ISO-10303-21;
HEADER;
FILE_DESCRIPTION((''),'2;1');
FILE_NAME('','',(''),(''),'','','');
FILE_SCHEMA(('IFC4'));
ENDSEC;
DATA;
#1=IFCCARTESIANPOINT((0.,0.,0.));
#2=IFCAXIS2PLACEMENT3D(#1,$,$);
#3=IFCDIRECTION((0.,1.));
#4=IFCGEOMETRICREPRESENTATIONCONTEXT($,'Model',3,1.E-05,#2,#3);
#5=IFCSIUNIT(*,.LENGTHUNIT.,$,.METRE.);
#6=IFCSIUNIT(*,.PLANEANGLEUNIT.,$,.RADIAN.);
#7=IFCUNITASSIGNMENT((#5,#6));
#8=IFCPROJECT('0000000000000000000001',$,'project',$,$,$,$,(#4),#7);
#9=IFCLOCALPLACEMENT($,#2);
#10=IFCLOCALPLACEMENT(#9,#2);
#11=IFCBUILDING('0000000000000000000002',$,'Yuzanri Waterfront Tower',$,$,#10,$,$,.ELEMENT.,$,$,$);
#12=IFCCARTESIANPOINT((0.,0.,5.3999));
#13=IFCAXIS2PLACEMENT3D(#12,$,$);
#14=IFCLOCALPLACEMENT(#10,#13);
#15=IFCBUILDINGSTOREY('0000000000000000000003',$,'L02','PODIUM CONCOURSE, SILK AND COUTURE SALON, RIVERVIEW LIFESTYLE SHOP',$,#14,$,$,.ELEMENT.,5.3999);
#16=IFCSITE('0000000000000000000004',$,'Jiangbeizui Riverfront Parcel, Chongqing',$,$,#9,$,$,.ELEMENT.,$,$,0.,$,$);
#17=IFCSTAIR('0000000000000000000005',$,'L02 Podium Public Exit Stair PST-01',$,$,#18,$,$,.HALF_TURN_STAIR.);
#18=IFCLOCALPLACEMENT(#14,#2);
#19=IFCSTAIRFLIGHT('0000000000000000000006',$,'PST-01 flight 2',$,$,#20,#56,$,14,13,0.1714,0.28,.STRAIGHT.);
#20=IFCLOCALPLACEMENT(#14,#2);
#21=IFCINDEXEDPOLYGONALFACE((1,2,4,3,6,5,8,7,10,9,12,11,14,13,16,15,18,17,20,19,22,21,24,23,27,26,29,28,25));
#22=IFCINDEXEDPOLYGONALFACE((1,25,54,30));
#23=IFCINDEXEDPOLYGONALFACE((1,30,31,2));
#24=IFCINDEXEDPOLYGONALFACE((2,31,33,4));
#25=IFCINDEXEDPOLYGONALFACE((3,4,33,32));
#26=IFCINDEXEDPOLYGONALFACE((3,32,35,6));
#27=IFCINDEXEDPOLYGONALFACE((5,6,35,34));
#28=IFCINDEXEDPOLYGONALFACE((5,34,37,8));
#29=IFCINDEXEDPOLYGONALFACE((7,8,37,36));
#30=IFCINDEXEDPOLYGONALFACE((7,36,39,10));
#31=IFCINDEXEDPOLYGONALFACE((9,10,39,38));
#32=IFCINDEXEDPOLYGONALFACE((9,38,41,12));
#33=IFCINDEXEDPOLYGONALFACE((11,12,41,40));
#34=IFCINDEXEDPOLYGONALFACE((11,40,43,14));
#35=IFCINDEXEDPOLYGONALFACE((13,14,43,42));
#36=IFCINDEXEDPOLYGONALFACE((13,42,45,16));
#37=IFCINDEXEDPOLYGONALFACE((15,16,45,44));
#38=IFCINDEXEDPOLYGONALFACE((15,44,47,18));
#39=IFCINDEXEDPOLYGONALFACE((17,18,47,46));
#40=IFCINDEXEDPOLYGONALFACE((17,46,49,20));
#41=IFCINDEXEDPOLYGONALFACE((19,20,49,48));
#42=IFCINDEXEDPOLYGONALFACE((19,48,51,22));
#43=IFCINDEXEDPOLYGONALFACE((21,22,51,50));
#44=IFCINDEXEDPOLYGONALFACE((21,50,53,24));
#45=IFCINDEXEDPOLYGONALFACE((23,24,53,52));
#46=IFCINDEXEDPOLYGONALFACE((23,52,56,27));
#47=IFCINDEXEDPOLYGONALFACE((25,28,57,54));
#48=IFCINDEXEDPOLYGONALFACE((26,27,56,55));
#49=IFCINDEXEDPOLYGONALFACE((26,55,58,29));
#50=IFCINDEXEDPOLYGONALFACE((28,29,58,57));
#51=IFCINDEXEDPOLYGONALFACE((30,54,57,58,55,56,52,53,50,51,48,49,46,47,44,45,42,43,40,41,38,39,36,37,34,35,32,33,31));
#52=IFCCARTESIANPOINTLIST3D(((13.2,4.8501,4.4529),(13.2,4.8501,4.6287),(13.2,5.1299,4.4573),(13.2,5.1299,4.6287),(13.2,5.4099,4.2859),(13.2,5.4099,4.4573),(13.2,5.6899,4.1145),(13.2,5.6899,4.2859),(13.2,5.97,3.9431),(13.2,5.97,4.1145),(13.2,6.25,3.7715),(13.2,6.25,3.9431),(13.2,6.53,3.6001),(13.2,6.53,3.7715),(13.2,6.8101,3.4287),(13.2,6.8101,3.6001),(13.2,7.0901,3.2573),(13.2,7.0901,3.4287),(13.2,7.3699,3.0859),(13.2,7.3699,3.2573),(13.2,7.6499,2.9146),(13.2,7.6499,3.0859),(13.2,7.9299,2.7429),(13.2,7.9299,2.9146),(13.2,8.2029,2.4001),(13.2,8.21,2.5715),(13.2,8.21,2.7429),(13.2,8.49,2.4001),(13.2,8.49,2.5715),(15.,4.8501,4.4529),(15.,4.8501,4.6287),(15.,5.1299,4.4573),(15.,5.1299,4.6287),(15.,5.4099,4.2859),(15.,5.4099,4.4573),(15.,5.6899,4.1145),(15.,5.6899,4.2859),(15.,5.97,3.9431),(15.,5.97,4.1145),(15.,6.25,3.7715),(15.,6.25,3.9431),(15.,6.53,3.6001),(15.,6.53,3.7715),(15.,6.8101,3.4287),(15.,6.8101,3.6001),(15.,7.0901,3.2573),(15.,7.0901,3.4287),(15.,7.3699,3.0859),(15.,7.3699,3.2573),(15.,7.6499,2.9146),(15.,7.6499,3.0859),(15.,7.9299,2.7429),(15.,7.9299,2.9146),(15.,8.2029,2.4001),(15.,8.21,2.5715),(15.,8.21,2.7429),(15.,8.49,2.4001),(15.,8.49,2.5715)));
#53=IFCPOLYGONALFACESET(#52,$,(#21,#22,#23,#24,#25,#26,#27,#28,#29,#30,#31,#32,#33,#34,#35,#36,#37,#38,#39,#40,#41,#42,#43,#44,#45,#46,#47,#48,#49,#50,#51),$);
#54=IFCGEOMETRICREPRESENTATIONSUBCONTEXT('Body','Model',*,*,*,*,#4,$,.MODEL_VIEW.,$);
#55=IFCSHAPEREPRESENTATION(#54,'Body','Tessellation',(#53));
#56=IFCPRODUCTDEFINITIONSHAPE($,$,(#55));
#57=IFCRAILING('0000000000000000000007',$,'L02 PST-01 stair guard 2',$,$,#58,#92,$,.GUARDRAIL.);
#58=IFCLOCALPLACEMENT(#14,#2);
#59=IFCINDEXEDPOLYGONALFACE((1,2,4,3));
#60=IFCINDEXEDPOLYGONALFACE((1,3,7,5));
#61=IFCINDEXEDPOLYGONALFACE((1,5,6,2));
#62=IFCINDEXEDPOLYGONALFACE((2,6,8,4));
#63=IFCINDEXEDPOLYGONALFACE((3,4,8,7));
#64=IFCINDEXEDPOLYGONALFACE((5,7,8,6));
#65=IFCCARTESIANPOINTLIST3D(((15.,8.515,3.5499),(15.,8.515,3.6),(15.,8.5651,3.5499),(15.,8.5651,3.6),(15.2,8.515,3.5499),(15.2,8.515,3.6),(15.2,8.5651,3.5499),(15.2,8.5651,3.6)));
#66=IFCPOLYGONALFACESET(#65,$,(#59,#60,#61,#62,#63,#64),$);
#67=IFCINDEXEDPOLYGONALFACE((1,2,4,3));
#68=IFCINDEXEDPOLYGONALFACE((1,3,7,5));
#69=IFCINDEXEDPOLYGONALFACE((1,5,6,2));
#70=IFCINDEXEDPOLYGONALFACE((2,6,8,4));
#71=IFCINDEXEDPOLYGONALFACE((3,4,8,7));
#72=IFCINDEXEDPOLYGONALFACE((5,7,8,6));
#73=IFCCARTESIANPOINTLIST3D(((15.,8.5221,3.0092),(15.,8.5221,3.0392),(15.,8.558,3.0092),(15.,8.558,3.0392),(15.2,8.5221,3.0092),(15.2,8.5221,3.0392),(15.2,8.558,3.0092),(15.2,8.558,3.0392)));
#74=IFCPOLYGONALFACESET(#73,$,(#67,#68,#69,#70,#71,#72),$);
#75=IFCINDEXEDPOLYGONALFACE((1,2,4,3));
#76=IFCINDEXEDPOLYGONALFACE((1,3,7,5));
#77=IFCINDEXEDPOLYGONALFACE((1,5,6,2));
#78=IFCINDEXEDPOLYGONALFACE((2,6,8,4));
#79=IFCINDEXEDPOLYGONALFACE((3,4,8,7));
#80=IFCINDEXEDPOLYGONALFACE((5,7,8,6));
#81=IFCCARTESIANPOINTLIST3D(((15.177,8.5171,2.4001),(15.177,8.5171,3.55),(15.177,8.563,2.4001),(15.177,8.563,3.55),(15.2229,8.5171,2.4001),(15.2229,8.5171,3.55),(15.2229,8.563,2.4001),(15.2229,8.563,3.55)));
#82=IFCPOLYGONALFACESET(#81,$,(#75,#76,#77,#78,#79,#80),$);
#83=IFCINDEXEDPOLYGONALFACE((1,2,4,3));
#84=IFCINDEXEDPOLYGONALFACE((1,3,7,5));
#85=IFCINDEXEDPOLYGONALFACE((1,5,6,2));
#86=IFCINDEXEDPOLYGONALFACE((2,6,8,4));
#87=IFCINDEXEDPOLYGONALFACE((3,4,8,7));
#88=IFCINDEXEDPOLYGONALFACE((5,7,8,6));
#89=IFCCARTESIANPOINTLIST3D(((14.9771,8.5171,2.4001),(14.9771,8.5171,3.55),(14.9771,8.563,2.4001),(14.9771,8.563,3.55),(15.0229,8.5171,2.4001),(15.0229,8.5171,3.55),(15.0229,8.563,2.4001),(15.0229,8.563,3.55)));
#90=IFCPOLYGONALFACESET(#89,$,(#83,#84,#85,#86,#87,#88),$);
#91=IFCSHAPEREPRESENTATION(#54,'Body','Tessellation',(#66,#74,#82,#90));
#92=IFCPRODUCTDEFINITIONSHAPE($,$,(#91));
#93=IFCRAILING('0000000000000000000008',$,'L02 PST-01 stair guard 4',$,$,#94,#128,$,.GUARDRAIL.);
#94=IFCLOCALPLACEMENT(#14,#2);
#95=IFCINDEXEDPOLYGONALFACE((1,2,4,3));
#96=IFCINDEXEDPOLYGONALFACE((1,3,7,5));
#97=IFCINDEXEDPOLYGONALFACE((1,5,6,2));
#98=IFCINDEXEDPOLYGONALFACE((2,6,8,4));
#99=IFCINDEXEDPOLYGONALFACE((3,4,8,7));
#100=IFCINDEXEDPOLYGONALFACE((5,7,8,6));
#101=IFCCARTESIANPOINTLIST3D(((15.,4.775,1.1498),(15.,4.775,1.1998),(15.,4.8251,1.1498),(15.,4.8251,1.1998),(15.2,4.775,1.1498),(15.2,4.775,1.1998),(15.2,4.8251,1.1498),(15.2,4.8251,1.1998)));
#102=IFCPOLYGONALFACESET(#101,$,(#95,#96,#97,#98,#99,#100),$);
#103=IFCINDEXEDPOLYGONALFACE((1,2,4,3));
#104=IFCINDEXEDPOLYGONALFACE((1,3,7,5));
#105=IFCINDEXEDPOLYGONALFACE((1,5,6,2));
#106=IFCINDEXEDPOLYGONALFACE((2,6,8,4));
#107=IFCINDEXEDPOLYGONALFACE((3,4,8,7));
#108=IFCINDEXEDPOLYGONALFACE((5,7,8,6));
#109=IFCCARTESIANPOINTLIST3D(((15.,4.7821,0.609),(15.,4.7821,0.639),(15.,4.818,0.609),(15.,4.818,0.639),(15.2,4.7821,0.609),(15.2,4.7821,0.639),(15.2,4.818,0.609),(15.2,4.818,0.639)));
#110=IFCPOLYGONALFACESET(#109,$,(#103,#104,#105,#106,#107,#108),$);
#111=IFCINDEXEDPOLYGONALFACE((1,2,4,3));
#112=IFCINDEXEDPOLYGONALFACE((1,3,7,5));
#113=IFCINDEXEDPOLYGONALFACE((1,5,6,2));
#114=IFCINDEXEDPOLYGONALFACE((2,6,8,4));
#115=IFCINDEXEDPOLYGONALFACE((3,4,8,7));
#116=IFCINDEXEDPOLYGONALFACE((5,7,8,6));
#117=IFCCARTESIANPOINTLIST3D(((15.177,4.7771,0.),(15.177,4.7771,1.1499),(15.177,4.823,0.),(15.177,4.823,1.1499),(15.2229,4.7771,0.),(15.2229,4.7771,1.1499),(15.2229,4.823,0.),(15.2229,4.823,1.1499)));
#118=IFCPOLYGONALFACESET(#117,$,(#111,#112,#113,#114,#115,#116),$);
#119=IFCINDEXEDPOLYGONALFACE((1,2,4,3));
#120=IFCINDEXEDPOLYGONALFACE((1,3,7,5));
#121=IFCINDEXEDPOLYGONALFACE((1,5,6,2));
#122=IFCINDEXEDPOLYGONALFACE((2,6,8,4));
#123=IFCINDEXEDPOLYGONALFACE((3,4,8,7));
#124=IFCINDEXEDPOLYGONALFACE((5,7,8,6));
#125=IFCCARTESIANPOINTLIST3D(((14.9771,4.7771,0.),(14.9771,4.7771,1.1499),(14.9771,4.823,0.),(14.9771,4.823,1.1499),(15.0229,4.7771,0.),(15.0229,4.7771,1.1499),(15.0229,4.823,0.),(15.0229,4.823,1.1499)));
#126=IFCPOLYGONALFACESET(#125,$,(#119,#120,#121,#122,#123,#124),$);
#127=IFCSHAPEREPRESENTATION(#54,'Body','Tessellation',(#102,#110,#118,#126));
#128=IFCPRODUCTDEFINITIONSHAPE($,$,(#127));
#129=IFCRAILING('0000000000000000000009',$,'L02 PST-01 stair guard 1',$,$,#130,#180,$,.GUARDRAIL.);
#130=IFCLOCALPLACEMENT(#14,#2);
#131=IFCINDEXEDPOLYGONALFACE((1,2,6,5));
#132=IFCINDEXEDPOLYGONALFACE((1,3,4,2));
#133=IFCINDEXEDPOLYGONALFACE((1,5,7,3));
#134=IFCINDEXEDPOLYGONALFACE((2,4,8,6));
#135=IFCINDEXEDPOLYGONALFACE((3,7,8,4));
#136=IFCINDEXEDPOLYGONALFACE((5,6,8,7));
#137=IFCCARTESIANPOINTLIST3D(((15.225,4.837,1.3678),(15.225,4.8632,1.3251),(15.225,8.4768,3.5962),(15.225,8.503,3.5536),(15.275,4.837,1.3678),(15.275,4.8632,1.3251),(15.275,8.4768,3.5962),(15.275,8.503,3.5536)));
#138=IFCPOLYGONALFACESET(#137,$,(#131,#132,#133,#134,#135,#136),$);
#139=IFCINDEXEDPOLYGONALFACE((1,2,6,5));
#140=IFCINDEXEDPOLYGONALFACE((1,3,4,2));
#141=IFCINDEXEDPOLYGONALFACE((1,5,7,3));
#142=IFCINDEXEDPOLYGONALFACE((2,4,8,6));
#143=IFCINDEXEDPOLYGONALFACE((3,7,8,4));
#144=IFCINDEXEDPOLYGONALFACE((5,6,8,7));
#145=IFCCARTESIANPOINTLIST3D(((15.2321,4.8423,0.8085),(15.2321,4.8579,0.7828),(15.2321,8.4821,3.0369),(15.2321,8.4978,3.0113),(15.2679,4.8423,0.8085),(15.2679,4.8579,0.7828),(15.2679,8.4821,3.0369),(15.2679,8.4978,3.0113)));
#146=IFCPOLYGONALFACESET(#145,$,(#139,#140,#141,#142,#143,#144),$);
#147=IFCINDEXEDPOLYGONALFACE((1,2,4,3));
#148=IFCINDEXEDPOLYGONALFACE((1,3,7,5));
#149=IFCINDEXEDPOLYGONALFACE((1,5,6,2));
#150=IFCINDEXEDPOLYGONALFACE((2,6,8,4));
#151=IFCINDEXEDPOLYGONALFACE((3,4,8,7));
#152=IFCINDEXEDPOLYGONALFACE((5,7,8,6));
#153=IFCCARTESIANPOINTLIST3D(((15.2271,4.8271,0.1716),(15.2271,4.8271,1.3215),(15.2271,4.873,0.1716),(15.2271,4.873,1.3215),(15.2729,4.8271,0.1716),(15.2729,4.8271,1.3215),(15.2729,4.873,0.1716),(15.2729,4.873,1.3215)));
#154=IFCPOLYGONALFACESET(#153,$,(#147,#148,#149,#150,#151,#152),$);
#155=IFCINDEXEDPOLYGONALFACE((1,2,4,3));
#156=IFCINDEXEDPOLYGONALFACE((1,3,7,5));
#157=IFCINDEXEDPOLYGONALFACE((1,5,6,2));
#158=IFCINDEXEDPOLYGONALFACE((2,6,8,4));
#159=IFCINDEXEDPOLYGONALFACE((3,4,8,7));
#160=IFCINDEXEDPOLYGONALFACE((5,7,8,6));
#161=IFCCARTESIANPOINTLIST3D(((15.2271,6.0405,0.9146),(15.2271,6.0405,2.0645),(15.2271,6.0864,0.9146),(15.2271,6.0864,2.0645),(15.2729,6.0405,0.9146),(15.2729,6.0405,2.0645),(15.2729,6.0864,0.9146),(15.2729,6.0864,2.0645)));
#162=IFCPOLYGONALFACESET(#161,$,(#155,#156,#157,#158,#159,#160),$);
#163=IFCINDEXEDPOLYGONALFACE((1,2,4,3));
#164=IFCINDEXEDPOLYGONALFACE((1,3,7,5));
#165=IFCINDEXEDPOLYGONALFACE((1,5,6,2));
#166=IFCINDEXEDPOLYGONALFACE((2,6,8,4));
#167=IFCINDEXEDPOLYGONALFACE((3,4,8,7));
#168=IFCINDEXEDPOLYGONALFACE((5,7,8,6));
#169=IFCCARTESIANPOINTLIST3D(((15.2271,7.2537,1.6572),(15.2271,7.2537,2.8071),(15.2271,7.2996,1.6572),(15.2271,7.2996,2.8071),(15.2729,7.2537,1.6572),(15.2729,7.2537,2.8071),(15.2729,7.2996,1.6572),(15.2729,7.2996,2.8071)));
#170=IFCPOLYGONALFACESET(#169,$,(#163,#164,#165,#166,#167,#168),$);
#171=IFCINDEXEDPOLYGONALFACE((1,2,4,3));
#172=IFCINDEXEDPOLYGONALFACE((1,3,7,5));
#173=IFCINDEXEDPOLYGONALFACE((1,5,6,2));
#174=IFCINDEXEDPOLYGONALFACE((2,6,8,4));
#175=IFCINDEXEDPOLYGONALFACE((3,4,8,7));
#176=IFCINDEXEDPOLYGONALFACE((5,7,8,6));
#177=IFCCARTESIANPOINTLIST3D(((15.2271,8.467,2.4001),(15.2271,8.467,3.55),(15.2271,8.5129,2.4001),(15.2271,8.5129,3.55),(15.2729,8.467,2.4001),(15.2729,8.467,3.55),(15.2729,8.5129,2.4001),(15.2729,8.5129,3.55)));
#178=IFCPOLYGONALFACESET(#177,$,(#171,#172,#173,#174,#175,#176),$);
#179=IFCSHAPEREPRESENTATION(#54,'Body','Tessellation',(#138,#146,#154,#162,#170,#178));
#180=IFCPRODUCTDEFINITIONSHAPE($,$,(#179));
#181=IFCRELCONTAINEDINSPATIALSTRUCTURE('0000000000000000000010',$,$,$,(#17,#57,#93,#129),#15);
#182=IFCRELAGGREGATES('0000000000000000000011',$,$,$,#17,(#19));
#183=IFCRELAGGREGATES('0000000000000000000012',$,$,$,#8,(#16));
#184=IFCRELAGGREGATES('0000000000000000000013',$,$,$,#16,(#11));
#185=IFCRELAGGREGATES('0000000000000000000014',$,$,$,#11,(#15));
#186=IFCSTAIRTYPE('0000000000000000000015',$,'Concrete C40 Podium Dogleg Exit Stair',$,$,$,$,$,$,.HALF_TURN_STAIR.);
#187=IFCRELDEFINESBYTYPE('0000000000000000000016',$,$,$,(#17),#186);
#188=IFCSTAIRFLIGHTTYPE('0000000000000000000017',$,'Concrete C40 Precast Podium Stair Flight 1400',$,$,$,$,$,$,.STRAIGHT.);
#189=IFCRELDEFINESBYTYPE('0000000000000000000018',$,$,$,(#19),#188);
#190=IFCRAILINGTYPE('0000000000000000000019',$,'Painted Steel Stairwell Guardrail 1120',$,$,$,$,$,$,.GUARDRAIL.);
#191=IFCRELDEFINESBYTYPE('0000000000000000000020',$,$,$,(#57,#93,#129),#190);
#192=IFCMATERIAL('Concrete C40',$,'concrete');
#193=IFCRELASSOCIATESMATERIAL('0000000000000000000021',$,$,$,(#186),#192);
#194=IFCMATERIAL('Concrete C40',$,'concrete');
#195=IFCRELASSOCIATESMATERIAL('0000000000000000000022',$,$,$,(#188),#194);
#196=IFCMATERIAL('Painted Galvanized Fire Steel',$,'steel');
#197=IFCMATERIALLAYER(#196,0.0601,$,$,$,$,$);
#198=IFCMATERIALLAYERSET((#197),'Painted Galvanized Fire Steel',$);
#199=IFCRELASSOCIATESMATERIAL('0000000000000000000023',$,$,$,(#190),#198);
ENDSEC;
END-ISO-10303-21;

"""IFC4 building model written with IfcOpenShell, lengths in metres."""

from ifc_helpers import new_model, si_unit, direction, frame, origin, origin_2d, place, context, subcontext, project, spatial, polyline, rectangle, outline, extrude, source, transform, mapped, material, layer, layer_set, type_object, element, aggregate, save


model = new_model("IFC4")

# Units and contexts
model_context = context("Model", 3, precision=1e-05, world=origin(), true_north=direction((0.0, 1.0)))
body_context = subcontext(model_context, "Body", "Model", "MODEL_VIEW")
ifc_project = project(units=[si_unit("LENGTHUNIT", "METRE"), si_unit("PLANEANGLEUNIT", "RADIAN")], contexts=[model_context])

# Site, building, storey
site_placement = place(None, origin())
site = spatial("IfcSite", under=ifc_project, at=site_placement, Name="Jiangbeizui Riverfront Parcel, Chongqing", CompositionType="ELEMENT", RefElevation=0.0)
building_placement = place(site_placement, origin())
building = spatial("IfcBuilding", under=site, at=building_placement, Name="Yuzanri Waterfront Tower", CompositionType="ELEMENT")
storey_placement = place(building_placement, frame((0.0, 0.0, 5.3999)))
storey = spatial("IfcBuildingStorey", under=building, at=storey_placement, Name="L02", Description="PODIUM CONCOURSE, SILK AND COUTURE SALON, RIVERVIEW LIFESTYLE SHOP", CompositionType="ELEMENT", Elevation=5.3999)

# Stair, stair flight
ifc_material_1 = material(Name="Concrete C40", Category="concrete")
stair_type = type_object("IfcStairType", Name="Concrete C40 Podium Dogleg Exit Stair", PredefinedType="HALF_TURN_STAIR", material=ifc_material_1)
stair_placement = place(storey_placement, origin())
stair = element("IfcStair", 1, at=stair_placement, inside=storey, type_object=stair_type, Name="L02 Podium Public Exit Stair PST-01", PredefinedType="HALF_TURN_STAIR")
ifc_material_2 = material(Name="Concrete C40", Category="concrete")
stair_flight_type = type_object("IfcStairFlightType", Name="Concrete C40 Precast Podium Stair Flight 1400", PredefinedType="STRAIGHT", material=ifc_material_2)
shared_shape_1 = source(origin(), body_context, "Body", "SweptSolid", [
    extrude(outline(polyline([(0.0, 0.0), (0.0, 0.1714), (0.28, 0.1714), (0.28, 0.3428), (0.5601, 0.3428), (0.5601, 0.5144), (0.8401, 0.5144), (0.8401, 0.6858), (1.1201, 0.6858), (1.1201, 0.8572), (1.3999, 0.8572), (1.3999, 1.0286), (1.6799, 1.0286), (1.6799, 1.2), (1.96, 1.2), (1.96, 1.3713), (2.24, 1.3713), (2.24, 1.543), (2.52, 1.543), (2.52, 1.7144), (2.8, 1.7144), (2.8, 1.8857), (3.0801, 1.8857), (3.0801, 2.0571), (3.3601, 2.0571), (3.3601, 2.2285), (3.6399, 2.2285), (3.6399, 2.3999), (3.6399, 2.0527), (0.2871, 0.0), (0.0, 0.0)])), frame((0.0, 0.8999, 0.0), z_axis=(0.0, -1.0, 0.0), x_axis=(1.0, 0.0, 0.0)), (0.0, 0.0, 1.0), 1.8),
])
stair_flight_1_placement = place(storey_placement, frame((14.1001, 8.49, 2.4001), z_axis=(0.0, 0.0, 1.0), x_axis=(0.0, -1.0, 0.0)))
stair_flight_1 = element("IfcStairFlight", 2, at=stair_flight_1_placement, type_object=stair_flight_type, Name="PST-01 flight 2", NumberOfRisers=14, NumberOfTreads=13, PredefinedType="STRAIGHT", RiserHeight=0.1714, TreadLength=0.28, context=body_context, shape_type="MappedRepresentation", body=[
    mapped(shared_shape_1, transform((0.0, 0.0, 0.0), scale=1.0)),
])
aggregate(stair, [stair_flight_1])

# Railings
ifc_material_3 = material(Name="Painted Galvanized Fire Steel", Category="steel")
ifc_layer_1 = layer(ifc_material_3, 0.0601)
ifc_layer_set_1 = layer_set([ifc_layer_1], Name="Painted Galvanized Fire Steel")
railing_type_1 = type_object("IfcRailingType", Name="Painted Steel Stairwell Guardrail 1120", PredefinedType="GUARDRAIL", material=ifc_layer_set_1)
shared_shape_2 = source(origin(), body_context, "Body", "SweptSolid", [
    extrude(rectangle(XDim=0.05, YDim=0.05, at=origin_2d()), frame((0.0, 0.0, 1.1748), z_axis=(-1.0, 0.0, 0.0), x_axis=(0.0, -1.0, 0.0)), (0.0, 0.0, 1.0), 0.2),
    extrude(rectangle(XDim=0.0359, YDim=0.03, at=origin_2d()), frame((0.0, 0.0, 0.624), z_axis=(-1.0, 0.0, 0.0), x_axis=(0.0, -1.0, 0.0)), (0.0, 0.0, 1.0), 0.2),
    extrude(rectangle(XDim=0.0459, YDim=0.0459, at=origin_2d()), origin(), (0.0, 0.0, 1.0), 1.1499),
    extrude(rectangle(XDim=0.0459, YDim=0.0459, at=origin_2d()), frame((-0.2, 0.0, 0.0)), (0.0, 0.0, 1.0), 1.1499),
])
for number, where, name in (
    (3, (15.2, 8.54, 2.4001), "L02 PST-01 stair guard 2"),
    (4, (15.2, 4.8, 0.0), "L02 PST-01 stair guard 4"),
):
    element("IfcRailing", number, at=place(storey_placement, frame(where)), inside=storey, type_object=railing_type_1, Name=name, PredefinedType="GUARDRAIL", context=body_context, shape_type="MappedRepresentation", body=[
        mapped(shared_shape_2, transform((0.0, 0.0, 0.0), scale=1.0)),
    ])
shared_shape_3 = source(origin(), body_context, "Body", "SweptSolid", [
    extrude(rectangle(XDim=0.05, YDim=0.05, at=origin_2d()), frame((0.0, 0.0, 1.1748), z_axis=(0.0, 0.85285, 0.522156), x_axis=(-1.0, 0.0, 0.0)), (0.0, 0.0, 1.0), 4.2678),
    extrude(rectangle(XDim=0.0359, YDim=0.03, at=origin_2d()), frame((0.0, 0.0, 0.624), z_axis=(0.0, 0.85285, 0.522156), x_axis=(-1.0, 0.0, 0.0)), (0.0, 0.0, 1.0), 4.2678),
    extrude(rectangle(XDim=0.0459, YDim=0.0459, at=origin_2d()), origin(), (0.0, 0.0, 1.0), 1.1499),
    extrude(rectangle(XDim=0.0459, YDim=0.0459, at=origin_2d()), frame((0.0, 1.2134, 0.7429)), (0.0, 0.0, 1.0), 1.1499),
    extrude(rectangle(XDim=0.0459, YDim=0.0459, at=origin_2d()), frame((0.0, 2.4265, 1.4856)), (0.0, 0.0, 1.0), 1.1499),
    extrude(rectangle(XDim=0.0459, YDim=0.0459, at=origin_2d()), frame((0.0, 3.6399, 2.2285)), (0.0, 0.0, 1.0), 1.1499),
])
railing_1_placement = place(storey_placement, frame((15.25, 4.8501, 0.1716)))
element("IfcRailing", 5, at=railing_1_placement, inside=storey, type_object=railing_type_1, Name="L02 PST-01 stair guard 1", PredefinedType="GUARDRAIL", context=body_context, shape_type="MappedRepresentation", body=[
    mapped(shared_shape_3, transform((0.0, 0.0, 0.0), scale=1.0)),
])

save(model, "model.ifc")
